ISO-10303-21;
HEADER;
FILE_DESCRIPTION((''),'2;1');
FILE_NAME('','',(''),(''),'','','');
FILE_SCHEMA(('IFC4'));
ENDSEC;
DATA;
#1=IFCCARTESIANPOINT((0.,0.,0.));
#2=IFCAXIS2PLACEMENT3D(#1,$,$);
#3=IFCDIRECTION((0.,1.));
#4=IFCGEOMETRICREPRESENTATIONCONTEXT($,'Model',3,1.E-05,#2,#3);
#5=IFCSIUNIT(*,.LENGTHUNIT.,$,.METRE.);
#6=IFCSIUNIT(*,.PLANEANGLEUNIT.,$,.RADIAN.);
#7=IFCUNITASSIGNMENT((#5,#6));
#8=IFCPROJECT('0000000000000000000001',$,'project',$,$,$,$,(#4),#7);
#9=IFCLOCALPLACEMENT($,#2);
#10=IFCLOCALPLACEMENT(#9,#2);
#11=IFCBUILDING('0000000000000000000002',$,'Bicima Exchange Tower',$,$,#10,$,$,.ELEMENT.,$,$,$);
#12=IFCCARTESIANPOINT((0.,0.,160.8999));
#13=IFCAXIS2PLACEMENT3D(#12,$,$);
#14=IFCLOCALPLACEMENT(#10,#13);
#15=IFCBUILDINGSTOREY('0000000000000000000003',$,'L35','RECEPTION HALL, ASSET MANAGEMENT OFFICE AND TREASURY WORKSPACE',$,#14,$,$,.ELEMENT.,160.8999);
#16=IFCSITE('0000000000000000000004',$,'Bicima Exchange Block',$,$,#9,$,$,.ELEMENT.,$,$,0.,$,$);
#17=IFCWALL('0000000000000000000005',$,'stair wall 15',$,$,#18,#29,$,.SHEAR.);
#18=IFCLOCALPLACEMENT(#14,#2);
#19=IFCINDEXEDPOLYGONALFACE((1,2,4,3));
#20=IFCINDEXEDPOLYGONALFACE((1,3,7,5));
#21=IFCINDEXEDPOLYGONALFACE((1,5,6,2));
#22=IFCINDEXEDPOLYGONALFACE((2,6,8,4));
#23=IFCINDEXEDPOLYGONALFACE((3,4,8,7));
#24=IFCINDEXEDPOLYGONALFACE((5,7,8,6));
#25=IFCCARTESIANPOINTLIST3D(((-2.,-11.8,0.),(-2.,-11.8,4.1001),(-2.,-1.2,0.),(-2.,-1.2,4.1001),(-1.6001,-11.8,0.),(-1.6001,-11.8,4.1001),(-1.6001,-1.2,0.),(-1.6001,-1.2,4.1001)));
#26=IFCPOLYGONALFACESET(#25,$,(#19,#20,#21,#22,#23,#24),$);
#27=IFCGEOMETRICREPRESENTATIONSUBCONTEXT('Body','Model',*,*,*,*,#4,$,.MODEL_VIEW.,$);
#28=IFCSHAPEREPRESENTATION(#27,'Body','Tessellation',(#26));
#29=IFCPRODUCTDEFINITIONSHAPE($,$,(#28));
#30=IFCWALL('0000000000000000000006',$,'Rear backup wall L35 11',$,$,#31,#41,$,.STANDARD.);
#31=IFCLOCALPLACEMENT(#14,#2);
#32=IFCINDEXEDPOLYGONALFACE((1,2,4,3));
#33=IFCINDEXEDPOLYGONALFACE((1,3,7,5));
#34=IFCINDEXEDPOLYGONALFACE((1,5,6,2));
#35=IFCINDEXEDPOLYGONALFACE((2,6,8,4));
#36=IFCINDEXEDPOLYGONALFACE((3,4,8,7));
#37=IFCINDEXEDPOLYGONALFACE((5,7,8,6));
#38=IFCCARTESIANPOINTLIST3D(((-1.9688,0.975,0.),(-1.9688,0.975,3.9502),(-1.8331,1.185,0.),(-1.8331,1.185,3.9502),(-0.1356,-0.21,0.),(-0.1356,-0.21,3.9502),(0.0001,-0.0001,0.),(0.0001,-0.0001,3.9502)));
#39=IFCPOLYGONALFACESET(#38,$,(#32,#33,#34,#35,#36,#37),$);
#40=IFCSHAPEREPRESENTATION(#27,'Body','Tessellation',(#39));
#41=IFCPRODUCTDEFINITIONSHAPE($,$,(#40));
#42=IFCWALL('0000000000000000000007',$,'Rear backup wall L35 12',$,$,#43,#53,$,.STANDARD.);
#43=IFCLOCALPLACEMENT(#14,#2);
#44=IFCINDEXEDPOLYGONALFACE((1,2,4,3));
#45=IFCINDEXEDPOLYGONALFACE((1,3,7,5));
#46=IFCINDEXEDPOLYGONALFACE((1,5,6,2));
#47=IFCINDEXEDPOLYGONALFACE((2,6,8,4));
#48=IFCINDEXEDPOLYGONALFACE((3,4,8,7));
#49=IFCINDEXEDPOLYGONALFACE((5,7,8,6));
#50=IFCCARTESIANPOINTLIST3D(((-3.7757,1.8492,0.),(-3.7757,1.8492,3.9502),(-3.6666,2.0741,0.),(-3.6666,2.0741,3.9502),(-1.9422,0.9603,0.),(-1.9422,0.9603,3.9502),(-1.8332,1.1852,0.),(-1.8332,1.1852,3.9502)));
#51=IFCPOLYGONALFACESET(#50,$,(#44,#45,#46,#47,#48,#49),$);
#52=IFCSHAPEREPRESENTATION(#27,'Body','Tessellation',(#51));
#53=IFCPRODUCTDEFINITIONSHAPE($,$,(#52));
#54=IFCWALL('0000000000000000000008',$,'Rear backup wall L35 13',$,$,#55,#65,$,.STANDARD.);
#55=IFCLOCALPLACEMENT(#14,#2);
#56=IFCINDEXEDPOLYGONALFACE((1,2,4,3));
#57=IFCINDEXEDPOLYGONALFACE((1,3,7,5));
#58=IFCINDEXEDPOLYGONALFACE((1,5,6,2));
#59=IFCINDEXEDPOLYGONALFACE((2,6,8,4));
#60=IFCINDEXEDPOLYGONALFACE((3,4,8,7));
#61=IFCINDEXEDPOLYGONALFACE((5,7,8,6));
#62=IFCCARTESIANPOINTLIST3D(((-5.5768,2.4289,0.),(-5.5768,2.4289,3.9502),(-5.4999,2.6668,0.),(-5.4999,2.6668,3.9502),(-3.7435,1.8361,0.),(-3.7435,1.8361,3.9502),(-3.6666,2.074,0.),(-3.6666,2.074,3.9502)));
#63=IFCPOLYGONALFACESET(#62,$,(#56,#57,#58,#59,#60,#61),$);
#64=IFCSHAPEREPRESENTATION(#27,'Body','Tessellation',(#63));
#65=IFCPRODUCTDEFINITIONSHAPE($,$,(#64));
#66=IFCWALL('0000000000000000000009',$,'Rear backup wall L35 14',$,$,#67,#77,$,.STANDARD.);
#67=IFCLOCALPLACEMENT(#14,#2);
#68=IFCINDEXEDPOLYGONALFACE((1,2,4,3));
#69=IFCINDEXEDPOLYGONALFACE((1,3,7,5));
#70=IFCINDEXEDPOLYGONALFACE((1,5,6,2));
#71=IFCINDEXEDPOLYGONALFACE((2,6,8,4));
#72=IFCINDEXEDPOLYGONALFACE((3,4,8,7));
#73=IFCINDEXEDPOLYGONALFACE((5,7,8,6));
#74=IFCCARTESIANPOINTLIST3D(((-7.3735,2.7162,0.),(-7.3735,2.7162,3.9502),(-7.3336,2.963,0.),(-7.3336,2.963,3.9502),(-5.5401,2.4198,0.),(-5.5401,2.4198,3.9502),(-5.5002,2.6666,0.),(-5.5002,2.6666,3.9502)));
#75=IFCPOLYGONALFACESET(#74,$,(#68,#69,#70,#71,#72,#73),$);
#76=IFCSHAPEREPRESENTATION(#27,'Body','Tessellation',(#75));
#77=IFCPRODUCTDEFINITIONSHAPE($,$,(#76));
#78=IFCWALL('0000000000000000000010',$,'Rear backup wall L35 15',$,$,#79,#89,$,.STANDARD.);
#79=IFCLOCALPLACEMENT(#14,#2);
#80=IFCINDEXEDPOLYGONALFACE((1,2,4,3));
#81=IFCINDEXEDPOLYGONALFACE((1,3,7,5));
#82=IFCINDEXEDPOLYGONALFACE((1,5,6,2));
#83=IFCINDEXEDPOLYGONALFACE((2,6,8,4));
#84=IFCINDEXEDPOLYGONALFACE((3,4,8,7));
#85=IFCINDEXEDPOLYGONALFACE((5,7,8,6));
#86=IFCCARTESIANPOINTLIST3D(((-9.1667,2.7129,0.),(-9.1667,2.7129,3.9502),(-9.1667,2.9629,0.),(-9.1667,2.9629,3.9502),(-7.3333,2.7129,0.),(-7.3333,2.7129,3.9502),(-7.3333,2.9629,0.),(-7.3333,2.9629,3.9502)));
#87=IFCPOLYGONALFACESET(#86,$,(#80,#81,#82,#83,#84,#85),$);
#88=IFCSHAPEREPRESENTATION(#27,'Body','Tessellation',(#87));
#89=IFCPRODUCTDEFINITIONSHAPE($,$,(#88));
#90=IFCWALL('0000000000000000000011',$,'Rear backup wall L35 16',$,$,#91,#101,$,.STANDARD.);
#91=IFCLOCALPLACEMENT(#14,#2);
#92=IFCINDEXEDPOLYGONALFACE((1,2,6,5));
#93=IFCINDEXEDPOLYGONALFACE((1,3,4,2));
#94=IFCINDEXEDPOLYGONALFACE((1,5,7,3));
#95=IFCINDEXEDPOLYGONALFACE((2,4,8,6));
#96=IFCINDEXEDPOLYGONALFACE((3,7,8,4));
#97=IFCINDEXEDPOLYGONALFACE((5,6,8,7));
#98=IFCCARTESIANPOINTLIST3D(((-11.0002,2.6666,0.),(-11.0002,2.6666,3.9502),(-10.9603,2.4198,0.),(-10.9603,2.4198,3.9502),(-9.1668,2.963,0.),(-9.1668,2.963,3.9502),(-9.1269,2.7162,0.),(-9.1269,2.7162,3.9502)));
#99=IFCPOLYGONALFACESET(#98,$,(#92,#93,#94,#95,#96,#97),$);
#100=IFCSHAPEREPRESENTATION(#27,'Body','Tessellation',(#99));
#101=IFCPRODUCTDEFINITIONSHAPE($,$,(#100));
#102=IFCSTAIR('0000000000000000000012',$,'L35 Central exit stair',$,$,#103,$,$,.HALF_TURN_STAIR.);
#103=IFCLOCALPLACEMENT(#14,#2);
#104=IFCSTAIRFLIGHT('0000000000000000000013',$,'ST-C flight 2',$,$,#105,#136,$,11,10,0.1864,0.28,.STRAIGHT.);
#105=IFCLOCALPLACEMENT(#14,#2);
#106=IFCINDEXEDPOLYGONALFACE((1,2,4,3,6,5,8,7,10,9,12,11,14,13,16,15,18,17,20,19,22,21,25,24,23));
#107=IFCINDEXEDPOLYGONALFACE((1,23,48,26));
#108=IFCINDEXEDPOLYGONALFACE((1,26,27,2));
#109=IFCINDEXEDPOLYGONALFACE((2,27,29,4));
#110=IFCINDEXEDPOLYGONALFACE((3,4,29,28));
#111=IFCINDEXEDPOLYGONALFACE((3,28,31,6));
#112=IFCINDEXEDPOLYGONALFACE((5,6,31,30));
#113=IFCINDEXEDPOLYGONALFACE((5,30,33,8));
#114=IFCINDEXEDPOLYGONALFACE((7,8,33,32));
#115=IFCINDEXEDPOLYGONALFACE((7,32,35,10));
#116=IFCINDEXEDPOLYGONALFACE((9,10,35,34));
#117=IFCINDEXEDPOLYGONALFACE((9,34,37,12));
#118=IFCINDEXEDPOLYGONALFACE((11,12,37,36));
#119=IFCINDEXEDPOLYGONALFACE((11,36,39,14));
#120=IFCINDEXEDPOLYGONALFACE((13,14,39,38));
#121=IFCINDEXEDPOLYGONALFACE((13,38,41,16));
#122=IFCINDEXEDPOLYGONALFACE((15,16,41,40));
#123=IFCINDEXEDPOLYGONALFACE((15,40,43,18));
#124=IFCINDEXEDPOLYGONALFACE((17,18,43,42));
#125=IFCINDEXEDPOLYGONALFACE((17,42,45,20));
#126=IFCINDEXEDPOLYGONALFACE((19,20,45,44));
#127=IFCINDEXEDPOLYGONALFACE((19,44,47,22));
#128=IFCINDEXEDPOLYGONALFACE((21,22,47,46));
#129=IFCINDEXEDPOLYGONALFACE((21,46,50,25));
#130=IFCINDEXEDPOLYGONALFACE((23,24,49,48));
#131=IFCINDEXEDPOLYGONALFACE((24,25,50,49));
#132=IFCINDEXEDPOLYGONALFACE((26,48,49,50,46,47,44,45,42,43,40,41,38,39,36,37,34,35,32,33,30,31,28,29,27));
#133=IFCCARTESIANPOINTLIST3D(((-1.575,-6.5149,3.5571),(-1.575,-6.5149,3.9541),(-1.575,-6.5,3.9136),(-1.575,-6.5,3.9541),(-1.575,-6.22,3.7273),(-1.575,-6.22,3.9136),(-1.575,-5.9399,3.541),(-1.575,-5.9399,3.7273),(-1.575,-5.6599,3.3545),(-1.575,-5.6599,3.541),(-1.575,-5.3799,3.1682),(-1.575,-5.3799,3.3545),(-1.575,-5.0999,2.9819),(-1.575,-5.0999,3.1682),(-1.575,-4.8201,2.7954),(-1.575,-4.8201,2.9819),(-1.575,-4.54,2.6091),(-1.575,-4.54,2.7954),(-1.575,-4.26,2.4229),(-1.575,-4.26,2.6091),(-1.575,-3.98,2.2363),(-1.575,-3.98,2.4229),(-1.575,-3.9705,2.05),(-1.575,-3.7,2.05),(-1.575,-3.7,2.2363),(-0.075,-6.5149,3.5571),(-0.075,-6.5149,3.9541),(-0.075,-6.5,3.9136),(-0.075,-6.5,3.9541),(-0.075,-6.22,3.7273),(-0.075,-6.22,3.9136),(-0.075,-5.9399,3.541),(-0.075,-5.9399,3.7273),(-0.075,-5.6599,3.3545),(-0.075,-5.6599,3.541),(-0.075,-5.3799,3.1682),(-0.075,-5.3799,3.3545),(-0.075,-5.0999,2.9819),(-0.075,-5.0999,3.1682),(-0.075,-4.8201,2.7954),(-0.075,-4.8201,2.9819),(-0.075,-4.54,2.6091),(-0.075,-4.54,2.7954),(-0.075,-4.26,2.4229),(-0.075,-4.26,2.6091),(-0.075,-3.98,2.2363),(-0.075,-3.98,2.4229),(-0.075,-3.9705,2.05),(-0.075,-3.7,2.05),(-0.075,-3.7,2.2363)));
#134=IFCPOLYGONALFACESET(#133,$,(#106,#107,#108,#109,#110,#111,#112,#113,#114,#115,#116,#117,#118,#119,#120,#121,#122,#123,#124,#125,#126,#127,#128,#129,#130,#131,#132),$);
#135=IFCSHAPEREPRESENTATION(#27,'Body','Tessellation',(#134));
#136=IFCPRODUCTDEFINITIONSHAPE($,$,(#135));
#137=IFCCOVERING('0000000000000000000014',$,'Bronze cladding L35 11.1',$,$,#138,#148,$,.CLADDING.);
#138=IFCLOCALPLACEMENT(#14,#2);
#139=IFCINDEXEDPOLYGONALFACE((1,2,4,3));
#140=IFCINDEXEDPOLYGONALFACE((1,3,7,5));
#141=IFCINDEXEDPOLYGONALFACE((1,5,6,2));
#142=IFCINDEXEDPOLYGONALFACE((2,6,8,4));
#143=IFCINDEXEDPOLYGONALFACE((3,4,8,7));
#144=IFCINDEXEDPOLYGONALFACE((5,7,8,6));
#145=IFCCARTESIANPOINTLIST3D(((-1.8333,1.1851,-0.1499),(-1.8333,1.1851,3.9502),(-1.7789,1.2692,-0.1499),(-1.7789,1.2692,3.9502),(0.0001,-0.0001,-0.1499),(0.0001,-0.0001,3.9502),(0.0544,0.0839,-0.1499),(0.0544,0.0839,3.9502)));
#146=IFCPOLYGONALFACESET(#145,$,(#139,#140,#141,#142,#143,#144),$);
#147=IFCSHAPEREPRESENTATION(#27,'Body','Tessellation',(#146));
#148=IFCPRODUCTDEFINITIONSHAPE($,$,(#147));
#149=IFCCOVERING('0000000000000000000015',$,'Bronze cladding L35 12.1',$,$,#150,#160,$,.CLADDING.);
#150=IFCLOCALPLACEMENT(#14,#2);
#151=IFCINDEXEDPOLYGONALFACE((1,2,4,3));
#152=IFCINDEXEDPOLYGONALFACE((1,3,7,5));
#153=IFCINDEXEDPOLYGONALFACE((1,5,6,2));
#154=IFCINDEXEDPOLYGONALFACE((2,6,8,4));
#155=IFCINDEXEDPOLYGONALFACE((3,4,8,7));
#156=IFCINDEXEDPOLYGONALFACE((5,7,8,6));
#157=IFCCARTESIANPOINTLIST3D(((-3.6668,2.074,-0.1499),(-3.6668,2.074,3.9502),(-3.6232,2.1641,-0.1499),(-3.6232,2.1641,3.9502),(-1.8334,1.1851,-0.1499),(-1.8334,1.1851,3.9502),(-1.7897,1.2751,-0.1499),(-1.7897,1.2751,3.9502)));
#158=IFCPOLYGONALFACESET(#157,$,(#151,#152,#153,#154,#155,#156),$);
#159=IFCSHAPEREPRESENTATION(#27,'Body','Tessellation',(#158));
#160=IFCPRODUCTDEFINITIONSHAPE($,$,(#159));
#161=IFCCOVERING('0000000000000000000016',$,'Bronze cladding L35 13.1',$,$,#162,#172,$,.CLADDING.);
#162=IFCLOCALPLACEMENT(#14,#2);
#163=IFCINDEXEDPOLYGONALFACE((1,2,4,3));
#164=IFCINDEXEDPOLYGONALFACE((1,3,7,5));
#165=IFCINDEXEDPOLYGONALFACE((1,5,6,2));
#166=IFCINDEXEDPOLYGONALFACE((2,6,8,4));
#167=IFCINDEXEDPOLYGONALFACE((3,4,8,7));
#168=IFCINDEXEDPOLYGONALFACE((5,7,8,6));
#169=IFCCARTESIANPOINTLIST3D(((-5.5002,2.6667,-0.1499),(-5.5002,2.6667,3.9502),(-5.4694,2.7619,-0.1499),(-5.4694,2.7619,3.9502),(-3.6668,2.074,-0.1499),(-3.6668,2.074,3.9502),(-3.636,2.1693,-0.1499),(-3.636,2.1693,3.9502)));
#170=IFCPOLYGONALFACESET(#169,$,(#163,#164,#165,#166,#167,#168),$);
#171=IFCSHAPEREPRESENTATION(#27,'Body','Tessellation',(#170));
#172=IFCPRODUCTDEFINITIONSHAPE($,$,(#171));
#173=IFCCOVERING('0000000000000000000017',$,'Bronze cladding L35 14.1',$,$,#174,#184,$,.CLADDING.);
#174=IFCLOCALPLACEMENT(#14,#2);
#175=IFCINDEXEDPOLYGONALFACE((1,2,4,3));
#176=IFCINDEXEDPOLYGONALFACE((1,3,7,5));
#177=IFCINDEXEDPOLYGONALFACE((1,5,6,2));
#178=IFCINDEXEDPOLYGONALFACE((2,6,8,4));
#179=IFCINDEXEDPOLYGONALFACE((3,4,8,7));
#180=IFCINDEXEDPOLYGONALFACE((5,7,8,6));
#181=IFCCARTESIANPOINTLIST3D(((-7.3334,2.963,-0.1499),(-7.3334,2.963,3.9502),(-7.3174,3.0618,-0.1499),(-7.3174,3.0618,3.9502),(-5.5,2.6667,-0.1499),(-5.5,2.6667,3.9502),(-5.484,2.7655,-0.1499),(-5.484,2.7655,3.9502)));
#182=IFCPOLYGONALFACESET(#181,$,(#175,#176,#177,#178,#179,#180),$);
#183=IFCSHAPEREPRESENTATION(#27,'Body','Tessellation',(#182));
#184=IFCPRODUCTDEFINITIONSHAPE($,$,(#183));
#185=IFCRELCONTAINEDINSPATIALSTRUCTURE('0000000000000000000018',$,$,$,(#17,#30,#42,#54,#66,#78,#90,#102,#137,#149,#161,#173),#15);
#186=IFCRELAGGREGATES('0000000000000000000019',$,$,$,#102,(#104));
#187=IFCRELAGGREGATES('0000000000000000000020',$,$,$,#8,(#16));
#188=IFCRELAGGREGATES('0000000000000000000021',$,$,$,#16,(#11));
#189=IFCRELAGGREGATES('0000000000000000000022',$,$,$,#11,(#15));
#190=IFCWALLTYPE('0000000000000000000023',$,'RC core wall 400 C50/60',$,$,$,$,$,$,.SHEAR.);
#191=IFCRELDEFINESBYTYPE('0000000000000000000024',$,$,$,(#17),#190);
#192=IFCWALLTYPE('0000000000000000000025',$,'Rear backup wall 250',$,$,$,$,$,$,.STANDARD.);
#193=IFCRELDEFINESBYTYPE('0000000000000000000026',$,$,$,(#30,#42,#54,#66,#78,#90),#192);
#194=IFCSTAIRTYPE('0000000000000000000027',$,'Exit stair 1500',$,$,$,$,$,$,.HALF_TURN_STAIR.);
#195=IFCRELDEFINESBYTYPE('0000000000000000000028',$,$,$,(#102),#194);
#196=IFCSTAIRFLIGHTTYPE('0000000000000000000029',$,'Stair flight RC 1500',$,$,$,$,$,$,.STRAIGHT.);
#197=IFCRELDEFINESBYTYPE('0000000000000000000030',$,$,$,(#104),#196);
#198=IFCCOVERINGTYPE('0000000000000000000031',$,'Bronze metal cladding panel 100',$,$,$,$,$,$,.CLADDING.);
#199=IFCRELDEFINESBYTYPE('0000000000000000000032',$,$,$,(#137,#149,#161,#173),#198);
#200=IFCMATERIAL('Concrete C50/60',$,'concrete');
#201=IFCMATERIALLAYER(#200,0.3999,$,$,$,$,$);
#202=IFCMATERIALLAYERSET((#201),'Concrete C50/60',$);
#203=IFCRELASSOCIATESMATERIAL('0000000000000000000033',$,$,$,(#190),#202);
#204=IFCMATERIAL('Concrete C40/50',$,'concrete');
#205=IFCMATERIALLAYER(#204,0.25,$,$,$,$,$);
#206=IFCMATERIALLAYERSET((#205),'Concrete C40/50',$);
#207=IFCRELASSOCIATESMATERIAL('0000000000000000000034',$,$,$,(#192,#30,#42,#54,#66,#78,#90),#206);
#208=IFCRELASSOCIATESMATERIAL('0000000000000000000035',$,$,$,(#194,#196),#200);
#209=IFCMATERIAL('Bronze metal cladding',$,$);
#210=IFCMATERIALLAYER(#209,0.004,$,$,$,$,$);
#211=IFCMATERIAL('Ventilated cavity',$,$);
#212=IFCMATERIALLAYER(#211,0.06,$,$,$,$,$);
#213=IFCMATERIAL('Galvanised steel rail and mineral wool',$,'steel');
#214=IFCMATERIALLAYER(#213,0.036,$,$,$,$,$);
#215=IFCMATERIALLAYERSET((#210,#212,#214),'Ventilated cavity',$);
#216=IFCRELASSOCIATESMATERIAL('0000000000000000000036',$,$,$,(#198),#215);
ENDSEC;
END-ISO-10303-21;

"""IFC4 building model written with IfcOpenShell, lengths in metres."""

from ifc_helpers import new_model, si_unit, direction, frame, frame_2d, origin, origin_2d, place, context, subcontext, project, spatial, polyline, rectangle, outline, extrude, material, layer, layer_set, layer_usage, type_object, element, aggregate, save


model = new_model("IFC4")

# Units and contexts
model_context = context("Model", 3, precision=1e-05, world=origin(), true_north=direction((0.0, 1.0)))
body_context = subcontext(model_context, "Body", "Model", "MODEL_VIEW")
ifc_project = project(units=[si_unit("LENGTHUNIT", "METRE"), si_unit("PLANEANGLEUNIT", "RADIAN")], contexts=[model_context])

# Site, building, storey
site_placement = place(None, origin())
site = spatial("IfcSite", under=ifc_project, at=site_placement, Name="Bicima Exchange Block", CompositionType="ELEMENT", RefElevation=0.0)
building_placement = place(site_placement, origin())
building = spatial("IfcBuilding", under=site, at=building_placement, Name="Bicima Exchange Tower", CompositionType="ELEMENT")
storey_placement = place(building_placement, frame((0.0, 0.0, 160.8999)))
storey = spatial("IfcBuildingStorey", under=building, at=storey_placement, Name="L35", Description="RECEPTION HALL, ASSET MANAGEMENT OFFICE AND TREASURY WORKSPACE", CompositionType="ELEMENT", Elevation=160.8999)

# Shared definitions
ifc_material_1 = material(Name="Concrete C50/60", Category="concrete")
ifc_layer_1 = layer(ifc_material_1, 0.3999)
ifc_layer_set_1 = layer_set([ifc_layer_1], Name="Concrete C50/60")
wall_type_1 = type_object("IfcWallType", Name="RC core wall 400 C50/60", PredefinedType="SHEAR", material=ifc_layer_set_1)

# Walls
wall_1_placement = place(storey_placement, frame((-1.8, -11.8, 0.0), z_axis=(0.0, 0.0, 1.0), x_axis=(0.0, 1.0, 0.0)))
element("IfcWall", 1, at=wall_1_placement, inside=storey, type_object=wall_type_1, Name="stair wall 15", PredefinedType="SHEAR", context=body_context, shape_type="SweptSolid", body=[
    extrude(rectangle(XDim=10.6001, YDim=0.3999, at=frame_2d((5.3, 0.0))), origin(), (0.0, 0.0, 1.0), 4.1001),
])
ifc_material_2 = material(Name="Concrete C40/50", Category="concrete")
ifc_layer_2 = layer(ifc_material_2, 0.25)
ifc_layer_set_2 = layer_set([ifc_layer_2], Name="Concrete C40/50")
ifc_layer_usage = layer_usage(ifc_layer_set_2, "AXIS2", "POSITIVE", -0.125)
wall_type_2 = type_object("IfcWallType", Name="Rear backup wall 250", PredefinedType="STANDARD", material=ifc_layer_set_2)
wall_2_placement = place(storey_placement, frame((-0.0679, -0.105, 0.0), z_axis=(0.0, 0.0, 1.0), x_axis=(-0.839813, 0.542876, 0.0)))
element("IfcWall", 2, at=wall_2_placement, inside=storey, type_object=wall_type_2, material=ifc_layer_usage, Name="Rear backup wall L35 11", PredefinedType="STANDARD", context=body_context, shape_type="SweptSolid", body=[
    extrude(rectangle(XDim=2.1829, YDim=0.25, at=frame_2d((1.0913, 0.0))), origin(), (0.0, 0.0, 1.0), 3.9502),
])
wall_3_placement = place(storey_placement, frame((-1.8877, 1.0728, 0.0), z_axis=(0.0, 0.0, 1.0), x_axis=(-0.899824, 0.436253, 0.0)))
element("IfcWall", 3, at=wall_3_placement, inside=storey, type_object=wall_type_2, material=ifc_layer_usage, Name="Rear backup wall L35 12", PredefinedType="STANDARD", context=body_context, shape_type="SweptSolid", body=[
    extrude(rectangle(XDim=2.0376, YDim=0.25, at=frame_2d((1.0188, 0.0))), origin(), (0.0, 0.0, 1.0), 3.9502),
])
wall_4_placement = place(storey_placement, frame((-3.7051, 1.9551, 0.0), z_axis=(0.0, 0.0, 1.0), x_axis=(-0.951496, 0.307662, 0.0)))
element("IfcWall", 4, at=wall_4_placement, inside=storey, type_object=wall_type_2, material=ifc_layer_usage, Name="Rear backup wall L35 13", PredefinedType="STANDARD", context=body_context, shape_type="SweptSolid", body=[
    extrude(rectangle(XDim=1.9268, YDim=0.25, at=frame_2d((0.9634, 0.0))), origin(), (0.0, 0.0, 1.0), 3.9502),
])
wall_5_placement = place(storey_placement, frame((-5.52, 2.5432, 0.0), z_axis=(0.0, 0.0, 1.0), x_axis=(-0.987182, 0.1596, 0.0)))
element("IfcWall", 5, at=wall_5_placement, inside=storey, type_object=wall_type_2, material=ifc_layer_usage, Name="Rear backup wall L35 14", PredefinedType="STANDARD", context=body_context, shape_type="SweptSolid", body=[
    extrude(rectangle(XDim=1.8572, YDim=0.25, at=frame_2d((0.9287, 0.0))), origin(), (0.0, 0.0, 1.0), 3.9502),
])
wall_6_placement = place(storey_placement, frame((-7.3333, 2.8379, 0.0), z_axis=(0.0, 0.0, 1.0), x_axis=(-1.0, 0.0, 0.0)))
element("IfcWall", 6, at=wall_6_placement, inside=storey, type_object=wall_type_2, material=ifc_layer_usage, Name="Rear backup wall L35 15", PredefinedType="STANDARD", context=body_context, shape_type="SweptSolid", body=[
    extrude(rectangle(XDim=1.8335, YDim=0.25, at=frame_2d((0.9167, 0.0))), origin(), (0.0, 0.0, 1.0), 3.9502),
])
wall_7_placement = place(storey_placement, frame((-9.1467, 2.8396, 0.0), z_axis=(0.0, 0.0, 1.0), x_axis=(-0.987182, -0.1596, 0.0)))
element("IfcWall", 7, at=wall_7_placement, inside=storey, type_object=wall_type_2, material=ifc_layer_usage, Name="Rear backup wall L35 16", PredefinedType="STANDARD", context=body_context, shape_type="SweptSolid", body=[
    extrude(rectangle(XDim=1.8572, YDim=0.25, at=frame_2d((0.9287, 0.0))), origin(), (0.0, 0.0, 1.0), 3.9502),
])

# Stair, stair flight
stair_type = type_object("IfcStairType", Name="Exit stair 1500", PredefinedType="HALF_TURN_STAIR", material=ifc_material_1)
stair_placement = place(storey_placement, origin())
stair = element("IfcStair", 8, at=stair_placement, inside=storey, type_object=stair_type, Name="L35 Central exit stair", PredefinedType="HALF_TURN_STAIR")
stair_flight_type = type_object("IfcStairFlightType", Name="Stair flight RC 1500", PredefinedType="STRAIGHT", material=ifc_material_1)
stair_flight_placement = place(storey_placement, frame((-0.825, -3.7, 2.05), z_axis=(0.0, 0.0, 1.0), x_axis=(0.0, -1.0, 0.0)))
stair_flight = element("IfcStairFlight", 9, at=stair_flight_placement, type_object=stair_flight_type, Name="ST-C flight 2", NumberOfRisers=11, NumberOfTreads=10, PredefinedType="STRAIGHT", RiserHeight=0.1864, TreadLength=0.28, context=body_context, shape_type="SweptSolid", body=[
    extrude(outline(polyline([(0.0, 0.0), (0.0, 0.1863), (0.28, 0.1863), (0.28, 0.3728), (0.5601, 0.3728), (0.5601, 0.5591), (0.8401, 0.5591), (0.8401, 0.7454), (1.1201, 0.7454), (1.1201, 0.9319), (1.3999, 0.9319), (1.3999, 1.1182), (1.6799, 1.1182), (1.6799, 1.3044), (1.96, 1.3044), (1.96, 1.491), (2.24, 1.491), (2.24, 1.6772), (2.52, 1.6772), (2.52, 1.8635), (2.8, 1.8635), (2.8, 1.9041), (2.8149, 1.9041), (2.8149, 1.5071), (0.2705, 0.0), (0.0, 0.0)])), frame((0.0, 0.75, 0.0), z_axis=(0.0, -1.0, 0.0), x_axis=(1.0, 0.0, 0.0)), (0.0, 0.0, 1.0), 1.5),
])
aggregate(stair, [stair_flight])

# Coverings
ifc_material_3 = material(Name="Bronze metal cladding")
ifc_layer_3 = layer(ifc_material_3, 0.004)
ifc_material_4 = material(Name="Ventilated cavity")
ifc_layer_4 = layer(ifc_material_4, 0.06)
ifc_material_5 = material(Name="Galvanised steel rail and mineral wool", Category="steel")
ifc_layer_5 = layer(ifc_material_5, 0.036)
ifc_layer_set_3 = layer_set([ifc_layer_3, ifc_layer_4, ifc_layer_5], Name="Ventilated cavity")
covering_type = type_object("IfcCoveringType", Name="Bronze metal cladding panel 100", PredefinedType="CLADDING", material=ifc_layer_set_3)
covering_1_placement = place(storey_placement, frame((-0.8894, 0.6345, -0.1499), z_axis=(0.0, 0.0, 1.0), x_axis=(-0.83979, 0.542911, 0.0)))
element("IfcCovering", 10, at=covering_1_placement, inside=storey, type_object=covering_type, Name="Bronze cladding L35 11.1", PredefinedType="CLADDING", context=body_context, shape_type="SweptSolid", body=[
    extrude(rectangle(XDim=2.1831, YDim=0.1001, at=origin_2d()), origin(), (0.0, 0.0, 1.0), 4.1001),
])
covering_2_placement = place(storey_placement, frame((-2.7283, 1.6746, -0.1499), z_axis=(0.0, 0.0, 1.0), x_axis=(-0.899818, 0.436265, 0.0)))
element("IfcCovering", 11, at=covering_2_placement, inside=storey, type_object=covering_type, Name="Bronze cladding L35 12.1", PredefinedType="CLADDING", context=body_context, shape_type="SweptSolid", body=[
    extrude(rectangle(XDim=2.0376, YDim=0.1001, at=origin_2d()), origin(), (0.0, 0.0, 1.0), 4.1001),
])
covering_3_placement = place(storey_placement, frame((-4.5681, 2.418, -0.1499), z_axis=(0.0, 0.0, 1.0), x_axis=(-0.951525, 0.307573, 0.0)))
element("IfcCovering", 12, at=covering_3_placement, inside=storey, type_object=covering_type, Name="Bronze cladding L35 13.1", PredefinedType="CLADDING", context=body_context, shape_type="SweptSolid", body=[
    extrude(rectangle(XDim=1.9268, YDim=0.1001, at=origin_2d()), origin(), (0.0, 0.0, 1.0), 4.1001),
])
covering_4_placement = place(storey_placement, frame((-6.4087, 2.8643, -0.1499), z_axis=(0.0, 0.0, 1.0), x_axis=(-0.98719, 0.15955, 0.0)))
element("IfcCovering", 13, at=covering_4_placement, inside=storey, type_object=covering_type, Name="Bronze cladding L35 14.1", PredefinedType="CLADDING", context=body_context, shape_type="SweptSolid", body=[
    extrude(rectangle(XDim=1.8572, YDim=0.1001, at=origin_2d()), origin(), (0.0, 0.0, 1.0), 4.1001),
])

save(model, "model.ifc")
